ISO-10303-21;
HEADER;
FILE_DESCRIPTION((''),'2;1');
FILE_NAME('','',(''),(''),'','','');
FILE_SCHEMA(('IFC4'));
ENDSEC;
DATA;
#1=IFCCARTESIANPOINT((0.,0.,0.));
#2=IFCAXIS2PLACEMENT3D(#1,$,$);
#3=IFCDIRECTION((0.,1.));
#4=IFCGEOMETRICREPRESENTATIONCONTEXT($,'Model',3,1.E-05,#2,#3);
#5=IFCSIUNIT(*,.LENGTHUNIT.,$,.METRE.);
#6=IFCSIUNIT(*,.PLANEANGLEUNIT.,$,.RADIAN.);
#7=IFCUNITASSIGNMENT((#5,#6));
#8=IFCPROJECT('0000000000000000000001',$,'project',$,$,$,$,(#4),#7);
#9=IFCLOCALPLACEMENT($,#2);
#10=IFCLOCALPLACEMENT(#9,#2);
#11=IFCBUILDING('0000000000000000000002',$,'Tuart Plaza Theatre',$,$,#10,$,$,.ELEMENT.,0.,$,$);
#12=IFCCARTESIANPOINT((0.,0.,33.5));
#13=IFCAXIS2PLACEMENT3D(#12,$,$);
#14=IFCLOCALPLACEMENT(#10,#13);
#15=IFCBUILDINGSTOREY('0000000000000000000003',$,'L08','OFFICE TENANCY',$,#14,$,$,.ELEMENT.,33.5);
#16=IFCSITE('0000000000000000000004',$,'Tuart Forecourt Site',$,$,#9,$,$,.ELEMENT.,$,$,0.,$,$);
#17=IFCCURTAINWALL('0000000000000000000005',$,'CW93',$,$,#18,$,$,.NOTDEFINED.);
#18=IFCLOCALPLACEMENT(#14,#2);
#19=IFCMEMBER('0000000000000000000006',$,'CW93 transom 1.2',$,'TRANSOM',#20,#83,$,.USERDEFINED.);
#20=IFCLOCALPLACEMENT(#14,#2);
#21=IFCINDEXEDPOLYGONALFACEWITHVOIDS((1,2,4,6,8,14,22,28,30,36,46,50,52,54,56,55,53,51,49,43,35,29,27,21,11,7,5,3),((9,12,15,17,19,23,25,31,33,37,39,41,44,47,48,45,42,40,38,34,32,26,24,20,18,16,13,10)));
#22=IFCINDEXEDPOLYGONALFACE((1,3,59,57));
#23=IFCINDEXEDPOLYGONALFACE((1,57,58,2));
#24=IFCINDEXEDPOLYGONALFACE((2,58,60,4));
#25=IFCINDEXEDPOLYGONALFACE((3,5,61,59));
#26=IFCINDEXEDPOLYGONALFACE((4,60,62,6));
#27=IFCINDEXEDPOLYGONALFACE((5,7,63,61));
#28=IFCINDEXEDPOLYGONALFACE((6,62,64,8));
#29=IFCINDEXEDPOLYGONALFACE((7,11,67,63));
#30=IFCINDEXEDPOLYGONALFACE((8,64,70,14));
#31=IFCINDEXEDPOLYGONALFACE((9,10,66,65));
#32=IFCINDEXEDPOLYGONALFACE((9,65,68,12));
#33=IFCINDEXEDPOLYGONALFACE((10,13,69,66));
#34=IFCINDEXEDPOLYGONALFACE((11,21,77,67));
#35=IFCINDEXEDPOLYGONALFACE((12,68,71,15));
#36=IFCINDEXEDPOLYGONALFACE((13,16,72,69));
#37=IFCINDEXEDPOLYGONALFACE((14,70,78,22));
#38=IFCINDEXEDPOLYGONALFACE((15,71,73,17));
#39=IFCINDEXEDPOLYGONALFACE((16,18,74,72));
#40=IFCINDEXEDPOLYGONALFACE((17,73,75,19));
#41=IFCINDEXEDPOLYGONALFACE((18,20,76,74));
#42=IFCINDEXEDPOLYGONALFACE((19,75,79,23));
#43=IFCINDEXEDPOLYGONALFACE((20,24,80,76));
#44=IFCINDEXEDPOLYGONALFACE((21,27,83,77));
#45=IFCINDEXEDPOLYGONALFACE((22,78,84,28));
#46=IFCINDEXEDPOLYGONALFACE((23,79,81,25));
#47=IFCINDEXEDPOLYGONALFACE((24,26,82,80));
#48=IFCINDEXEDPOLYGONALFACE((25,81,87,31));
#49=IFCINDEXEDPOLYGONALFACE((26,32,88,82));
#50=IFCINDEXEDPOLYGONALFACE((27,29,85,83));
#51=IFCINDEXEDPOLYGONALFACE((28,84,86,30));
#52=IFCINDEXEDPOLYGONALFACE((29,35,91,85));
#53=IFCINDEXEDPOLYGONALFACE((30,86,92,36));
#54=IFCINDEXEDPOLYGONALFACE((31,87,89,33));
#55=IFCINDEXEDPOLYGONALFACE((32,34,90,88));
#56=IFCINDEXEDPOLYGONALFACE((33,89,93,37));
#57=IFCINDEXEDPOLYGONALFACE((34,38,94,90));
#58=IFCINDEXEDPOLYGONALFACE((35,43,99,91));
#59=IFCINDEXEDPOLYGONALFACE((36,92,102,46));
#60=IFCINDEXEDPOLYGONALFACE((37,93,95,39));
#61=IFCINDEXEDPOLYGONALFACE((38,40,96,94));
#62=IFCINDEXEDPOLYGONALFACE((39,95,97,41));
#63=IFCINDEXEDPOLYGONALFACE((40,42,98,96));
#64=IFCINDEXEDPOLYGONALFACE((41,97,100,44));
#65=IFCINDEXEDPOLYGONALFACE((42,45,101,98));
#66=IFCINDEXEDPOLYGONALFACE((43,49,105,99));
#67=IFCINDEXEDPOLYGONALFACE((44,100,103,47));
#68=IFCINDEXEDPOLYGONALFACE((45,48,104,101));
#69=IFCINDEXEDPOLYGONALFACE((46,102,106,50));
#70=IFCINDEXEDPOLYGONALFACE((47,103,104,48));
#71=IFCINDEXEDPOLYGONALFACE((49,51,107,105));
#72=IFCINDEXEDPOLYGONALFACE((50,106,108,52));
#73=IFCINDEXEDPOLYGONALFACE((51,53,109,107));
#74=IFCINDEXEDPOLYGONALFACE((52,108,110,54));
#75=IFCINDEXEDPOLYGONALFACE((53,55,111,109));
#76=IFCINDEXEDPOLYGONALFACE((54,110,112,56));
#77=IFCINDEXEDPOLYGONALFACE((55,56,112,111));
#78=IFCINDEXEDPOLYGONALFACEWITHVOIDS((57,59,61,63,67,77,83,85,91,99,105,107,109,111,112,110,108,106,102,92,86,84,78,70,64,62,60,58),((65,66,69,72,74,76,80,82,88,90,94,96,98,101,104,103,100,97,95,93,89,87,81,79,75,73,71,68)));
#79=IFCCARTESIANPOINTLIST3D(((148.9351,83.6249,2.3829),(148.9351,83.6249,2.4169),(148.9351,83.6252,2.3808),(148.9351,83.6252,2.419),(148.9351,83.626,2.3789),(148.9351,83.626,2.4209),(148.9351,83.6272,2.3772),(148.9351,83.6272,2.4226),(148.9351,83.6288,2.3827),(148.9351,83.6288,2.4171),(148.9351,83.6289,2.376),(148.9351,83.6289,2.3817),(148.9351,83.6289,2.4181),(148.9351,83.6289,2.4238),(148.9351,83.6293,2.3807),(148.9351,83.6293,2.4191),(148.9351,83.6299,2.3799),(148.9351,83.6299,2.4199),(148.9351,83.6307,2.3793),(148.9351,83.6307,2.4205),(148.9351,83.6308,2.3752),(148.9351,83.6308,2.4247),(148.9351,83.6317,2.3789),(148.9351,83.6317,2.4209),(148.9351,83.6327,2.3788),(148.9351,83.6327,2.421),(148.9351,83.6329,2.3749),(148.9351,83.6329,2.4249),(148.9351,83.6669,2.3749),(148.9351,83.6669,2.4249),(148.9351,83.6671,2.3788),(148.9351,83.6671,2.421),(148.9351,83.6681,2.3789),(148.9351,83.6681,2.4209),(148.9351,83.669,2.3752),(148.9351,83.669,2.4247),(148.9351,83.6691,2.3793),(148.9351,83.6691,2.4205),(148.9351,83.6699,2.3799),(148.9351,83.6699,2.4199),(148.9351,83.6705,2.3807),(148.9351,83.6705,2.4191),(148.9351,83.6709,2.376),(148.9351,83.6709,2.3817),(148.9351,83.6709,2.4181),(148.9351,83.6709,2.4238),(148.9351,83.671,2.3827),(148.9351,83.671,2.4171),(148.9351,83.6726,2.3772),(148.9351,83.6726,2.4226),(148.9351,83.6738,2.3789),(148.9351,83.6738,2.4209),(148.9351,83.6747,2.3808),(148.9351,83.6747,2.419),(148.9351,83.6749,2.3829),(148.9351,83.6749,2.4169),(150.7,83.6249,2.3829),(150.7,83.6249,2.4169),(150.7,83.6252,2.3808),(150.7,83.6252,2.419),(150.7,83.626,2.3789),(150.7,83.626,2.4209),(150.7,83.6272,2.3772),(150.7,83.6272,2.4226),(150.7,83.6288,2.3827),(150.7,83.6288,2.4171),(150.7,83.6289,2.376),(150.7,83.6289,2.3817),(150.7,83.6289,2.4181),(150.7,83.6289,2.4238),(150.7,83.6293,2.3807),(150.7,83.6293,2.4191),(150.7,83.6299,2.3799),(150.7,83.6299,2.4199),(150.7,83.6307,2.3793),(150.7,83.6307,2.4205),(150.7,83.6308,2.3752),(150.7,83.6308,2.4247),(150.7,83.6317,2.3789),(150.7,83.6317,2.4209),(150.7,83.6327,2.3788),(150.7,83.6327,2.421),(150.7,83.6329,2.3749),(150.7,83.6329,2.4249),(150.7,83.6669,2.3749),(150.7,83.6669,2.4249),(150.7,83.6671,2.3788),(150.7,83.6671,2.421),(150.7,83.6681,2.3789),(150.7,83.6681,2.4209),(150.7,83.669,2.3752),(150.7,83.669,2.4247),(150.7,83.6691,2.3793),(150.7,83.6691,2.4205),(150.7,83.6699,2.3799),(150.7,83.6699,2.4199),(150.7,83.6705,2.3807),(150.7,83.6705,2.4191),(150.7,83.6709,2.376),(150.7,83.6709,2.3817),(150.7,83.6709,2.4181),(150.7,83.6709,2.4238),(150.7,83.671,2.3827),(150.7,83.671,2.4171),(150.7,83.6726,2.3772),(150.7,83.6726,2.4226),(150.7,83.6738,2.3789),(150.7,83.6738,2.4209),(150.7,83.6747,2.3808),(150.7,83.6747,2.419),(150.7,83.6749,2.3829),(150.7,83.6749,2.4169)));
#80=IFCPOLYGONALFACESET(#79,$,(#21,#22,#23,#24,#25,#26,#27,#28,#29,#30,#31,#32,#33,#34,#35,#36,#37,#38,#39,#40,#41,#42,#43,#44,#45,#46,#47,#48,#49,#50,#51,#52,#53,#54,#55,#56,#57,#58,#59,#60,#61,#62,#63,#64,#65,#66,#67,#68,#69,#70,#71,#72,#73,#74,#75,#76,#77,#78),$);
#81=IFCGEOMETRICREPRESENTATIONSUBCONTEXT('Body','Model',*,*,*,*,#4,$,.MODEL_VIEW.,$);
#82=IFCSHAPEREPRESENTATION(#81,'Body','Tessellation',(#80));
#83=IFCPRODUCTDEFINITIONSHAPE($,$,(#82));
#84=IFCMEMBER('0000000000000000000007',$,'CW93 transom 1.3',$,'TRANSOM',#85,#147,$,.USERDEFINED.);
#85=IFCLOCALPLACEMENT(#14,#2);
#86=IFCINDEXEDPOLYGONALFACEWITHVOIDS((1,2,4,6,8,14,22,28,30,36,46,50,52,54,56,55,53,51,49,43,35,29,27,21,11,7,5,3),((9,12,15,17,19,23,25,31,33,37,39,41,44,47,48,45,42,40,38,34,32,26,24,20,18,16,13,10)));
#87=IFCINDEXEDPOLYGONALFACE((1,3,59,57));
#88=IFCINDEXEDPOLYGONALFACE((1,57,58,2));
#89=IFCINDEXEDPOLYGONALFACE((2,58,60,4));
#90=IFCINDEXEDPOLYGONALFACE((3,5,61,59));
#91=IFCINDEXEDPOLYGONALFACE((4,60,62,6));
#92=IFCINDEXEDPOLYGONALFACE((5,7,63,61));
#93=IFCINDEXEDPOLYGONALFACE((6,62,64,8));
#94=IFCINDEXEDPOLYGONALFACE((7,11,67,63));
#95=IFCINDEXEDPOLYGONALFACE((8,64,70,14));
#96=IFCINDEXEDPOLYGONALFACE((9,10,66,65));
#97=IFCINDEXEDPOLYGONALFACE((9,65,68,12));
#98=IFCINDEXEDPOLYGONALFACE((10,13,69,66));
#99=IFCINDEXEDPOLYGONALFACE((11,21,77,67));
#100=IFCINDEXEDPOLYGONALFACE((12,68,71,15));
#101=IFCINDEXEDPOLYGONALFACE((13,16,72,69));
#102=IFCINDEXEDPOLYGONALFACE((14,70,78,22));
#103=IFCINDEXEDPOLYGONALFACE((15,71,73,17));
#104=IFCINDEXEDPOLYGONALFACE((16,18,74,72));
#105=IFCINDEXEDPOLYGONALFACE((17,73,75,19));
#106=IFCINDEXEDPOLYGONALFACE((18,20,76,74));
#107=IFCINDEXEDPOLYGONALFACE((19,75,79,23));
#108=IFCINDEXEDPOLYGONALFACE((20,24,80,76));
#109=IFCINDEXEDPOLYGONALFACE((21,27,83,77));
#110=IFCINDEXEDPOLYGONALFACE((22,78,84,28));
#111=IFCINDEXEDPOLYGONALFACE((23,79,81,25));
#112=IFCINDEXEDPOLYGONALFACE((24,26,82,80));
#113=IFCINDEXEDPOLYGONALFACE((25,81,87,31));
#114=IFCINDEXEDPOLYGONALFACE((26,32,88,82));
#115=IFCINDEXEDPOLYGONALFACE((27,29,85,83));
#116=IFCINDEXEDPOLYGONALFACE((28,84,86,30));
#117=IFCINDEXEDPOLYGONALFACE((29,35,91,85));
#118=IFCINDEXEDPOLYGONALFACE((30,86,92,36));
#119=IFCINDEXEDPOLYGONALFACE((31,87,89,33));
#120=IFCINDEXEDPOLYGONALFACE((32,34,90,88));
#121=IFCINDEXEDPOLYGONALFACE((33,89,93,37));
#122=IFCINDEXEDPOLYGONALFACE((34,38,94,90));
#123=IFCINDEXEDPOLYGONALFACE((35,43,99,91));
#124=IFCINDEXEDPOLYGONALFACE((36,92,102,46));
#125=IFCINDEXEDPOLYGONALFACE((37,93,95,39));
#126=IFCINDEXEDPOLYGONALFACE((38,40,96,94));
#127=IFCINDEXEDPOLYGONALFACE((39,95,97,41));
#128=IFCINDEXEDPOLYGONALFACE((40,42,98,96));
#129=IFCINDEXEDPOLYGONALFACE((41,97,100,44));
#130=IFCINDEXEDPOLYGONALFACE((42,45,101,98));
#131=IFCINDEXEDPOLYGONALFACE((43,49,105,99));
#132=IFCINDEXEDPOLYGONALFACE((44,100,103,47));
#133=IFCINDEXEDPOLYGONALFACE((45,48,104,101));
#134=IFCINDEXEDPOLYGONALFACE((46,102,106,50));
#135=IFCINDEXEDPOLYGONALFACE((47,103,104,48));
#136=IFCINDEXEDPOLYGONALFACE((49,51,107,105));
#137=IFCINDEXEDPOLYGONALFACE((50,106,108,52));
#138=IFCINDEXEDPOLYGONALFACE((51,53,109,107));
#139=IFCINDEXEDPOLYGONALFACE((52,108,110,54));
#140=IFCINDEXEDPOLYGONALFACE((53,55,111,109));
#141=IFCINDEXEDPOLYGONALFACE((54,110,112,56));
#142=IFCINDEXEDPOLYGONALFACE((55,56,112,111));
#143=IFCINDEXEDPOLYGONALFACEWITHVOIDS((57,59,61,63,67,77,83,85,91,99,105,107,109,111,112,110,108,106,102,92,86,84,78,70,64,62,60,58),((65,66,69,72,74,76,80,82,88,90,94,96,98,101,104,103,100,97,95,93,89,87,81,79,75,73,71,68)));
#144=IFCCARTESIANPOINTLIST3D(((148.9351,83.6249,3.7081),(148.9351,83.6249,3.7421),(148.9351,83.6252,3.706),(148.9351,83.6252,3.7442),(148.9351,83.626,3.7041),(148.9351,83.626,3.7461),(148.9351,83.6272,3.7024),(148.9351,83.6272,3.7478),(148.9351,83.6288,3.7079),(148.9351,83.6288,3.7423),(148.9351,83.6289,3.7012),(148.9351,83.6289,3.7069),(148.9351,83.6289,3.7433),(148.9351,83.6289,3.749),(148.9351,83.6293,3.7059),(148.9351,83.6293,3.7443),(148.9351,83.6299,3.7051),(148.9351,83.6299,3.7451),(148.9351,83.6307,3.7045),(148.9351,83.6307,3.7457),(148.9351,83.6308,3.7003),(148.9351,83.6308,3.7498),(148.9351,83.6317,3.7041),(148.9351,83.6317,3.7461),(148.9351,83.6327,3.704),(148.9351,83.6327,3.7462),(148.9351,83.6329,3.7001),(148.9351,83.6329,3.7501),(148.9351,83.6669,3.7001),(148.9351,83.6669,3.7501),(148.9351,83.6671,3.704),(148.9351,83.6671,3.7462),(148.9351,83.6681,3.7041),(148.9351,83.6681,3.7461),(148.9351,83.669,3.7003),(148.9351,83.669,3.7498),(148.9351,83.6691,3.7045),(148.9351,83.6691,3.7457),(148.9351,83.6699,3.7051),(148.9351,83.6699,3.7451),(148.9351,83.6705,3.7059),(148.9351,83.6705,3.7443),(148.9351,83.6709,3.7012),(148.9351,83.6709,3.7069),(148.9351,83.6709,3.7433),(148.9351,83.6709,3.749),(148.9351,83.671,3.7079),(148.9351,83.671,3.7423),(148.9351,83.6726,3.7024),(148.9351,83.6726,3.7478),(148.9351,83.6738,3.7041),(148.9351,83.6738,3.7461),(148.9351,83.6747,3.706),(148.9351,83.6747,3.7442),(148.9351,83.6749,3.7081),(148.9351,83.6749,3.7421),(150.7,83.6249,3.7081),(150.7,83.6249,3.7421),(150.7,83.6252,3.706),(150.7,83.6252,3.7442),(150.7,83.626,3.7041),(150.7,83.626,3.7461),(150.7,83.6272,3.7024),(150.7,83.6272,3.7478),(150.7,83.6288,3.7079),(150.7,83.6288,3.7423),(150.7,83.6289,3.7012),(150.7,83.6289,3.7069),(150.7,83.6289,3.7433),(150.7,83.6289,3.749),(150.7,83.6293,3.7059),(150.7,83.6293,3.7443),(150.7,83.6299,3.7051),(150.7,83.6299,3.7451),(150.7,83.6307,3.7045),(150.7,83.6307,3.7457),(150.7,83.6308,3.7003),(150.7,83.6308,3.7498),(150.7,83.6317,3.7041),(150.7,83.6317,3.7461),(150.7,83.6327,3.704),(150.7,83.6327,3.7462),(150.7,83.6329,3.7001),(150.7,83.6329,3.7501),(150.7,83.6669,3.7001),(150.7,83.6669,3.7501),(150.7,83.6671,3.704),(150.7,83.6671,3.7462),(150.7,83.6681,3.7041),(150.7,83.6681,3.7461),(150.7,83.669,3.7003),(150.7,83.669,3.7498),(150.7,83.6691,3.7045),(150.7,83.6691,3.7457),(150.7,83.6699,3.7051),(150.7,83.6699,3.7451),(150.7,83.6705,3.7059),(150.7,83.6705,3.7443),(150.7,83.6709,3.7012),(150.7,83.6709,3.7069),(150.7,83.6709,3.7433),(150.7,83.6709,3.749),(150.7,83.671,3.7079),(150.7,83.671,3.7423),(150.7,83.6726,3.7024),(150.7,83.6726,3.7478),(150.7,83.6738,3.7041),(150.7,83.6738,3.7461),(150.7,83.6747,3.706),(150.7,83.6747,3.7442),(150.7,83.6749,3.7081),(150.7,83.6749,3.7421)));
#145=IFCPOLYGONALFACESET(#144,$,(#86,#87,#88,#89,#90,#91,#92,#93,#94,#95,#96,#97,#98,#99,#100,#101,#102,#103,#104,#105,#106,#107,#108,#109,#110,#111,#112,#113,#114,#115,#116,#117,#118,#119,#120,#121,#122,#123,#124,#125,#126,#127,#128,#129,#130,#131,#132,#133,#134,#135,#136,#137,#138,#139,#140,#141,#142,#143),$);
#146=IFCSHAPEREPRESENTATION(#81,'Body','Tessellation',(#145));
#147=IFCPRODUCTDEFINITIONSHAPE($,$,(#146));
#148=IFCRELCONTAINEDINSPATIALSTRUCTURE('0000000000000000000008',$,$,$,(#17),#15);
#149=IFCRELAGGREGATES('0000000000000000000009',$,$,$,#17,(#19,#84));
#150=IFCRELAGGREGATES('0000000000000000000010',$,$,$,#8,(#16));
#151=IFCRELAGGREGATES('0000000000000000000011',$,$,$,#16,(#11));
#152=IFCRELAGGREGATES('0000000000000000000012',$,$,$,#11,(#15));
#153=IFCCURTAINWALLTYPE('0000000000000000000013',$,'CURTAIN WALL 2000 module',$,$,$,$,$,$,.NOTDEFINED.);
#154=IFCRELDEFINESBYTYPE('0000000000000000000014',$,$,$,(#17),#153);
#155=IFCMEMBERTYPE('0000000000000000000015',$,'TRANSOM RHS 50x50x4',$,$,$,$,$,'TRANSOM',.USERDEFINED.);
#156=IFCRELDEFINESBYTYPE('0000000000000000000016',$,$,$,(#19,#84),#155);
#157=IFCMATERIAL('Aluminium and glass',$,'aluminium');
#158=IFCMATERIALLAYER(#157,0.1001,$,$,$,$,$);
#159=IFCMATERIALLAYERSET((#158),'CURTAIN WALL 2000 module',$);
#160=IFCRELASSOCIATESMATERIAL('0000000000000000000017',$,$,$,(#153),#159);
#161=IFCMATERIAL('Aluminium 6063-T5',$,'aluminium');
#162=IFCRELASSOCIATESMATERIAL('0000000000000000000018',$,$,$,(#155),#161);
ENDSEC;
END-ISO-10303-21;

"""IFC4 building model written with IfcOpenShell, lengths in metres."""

from ifc_helpers import new_model, si_unit, direction, frame, origin, origin_2d, place, context, subcontext, project, spatial, hollow_rectangle, extrude, material, layer, layer_set, material_profile, profile_set, type_object, element, aggregate, save


model = new_model("IFC4")

# Units and contexts
model_context = context("Model", 3, precision=1e-05, world=origin(), true_north=direction((0.0, 1.0)))
body_context = subcontext(model_context, "Body", "Model", "MODEL_VIEW")
ifc_project = project(units=[si_unit("LENGTHUNIT", "METRE"), si_unit("PLANEANGLEUNIT", "RADIAN")], contexts=[model_context])

# Site, building, storey
site_placement = place(None, origin())
site = spatial("IfcSite", under=ifc_project, at=site_placement, Name="Tuart Forecourt Site", CompositionType="ELEMENT", RefElevation=0.0)
building_placement = place(site_placement, origin())
building = spatial("IfcBuilding", under=site, at=building_placement, Name="Tuart Plaza Theatre", CompositionType="ELEMENT", ElevationOfRefHeight=0.0)
storey_placement = place(building_placement, frame((0.0, 0.0, 33.5)))
storey = spatial("IfcBuildingStorey", under=building, at=storey_placement, Name="L08", Description="OFFICE TENANCY", CompositionType="ELEMENT", Elevation=33.5)

# Curtain wall
ifc_material_1 = material(Name="Aluminium and glass", Category="aluminium")
ifc_layer_1 = layer(ifc_material_1, 0.1001)
ifc_layer_set_1 = layer_set([ifc_layer_1], Name="CURTAIN WALL 2000 module")
curtain_wall_type_1 = type_object("IfcCurtainWallType", Name="CURTAIN WALL 2000 module", PredefinedType="NOTDEFINED", material=ifc_layer_set_1)
curtain_wall_1_placement = place(storey_placement, origin())
curtain_wall_1 = element("IfcCurtainWall", 1, at=curtain_wall_1_placement, inside=storey, type_object=curtain_wall_type_1, Name="CW93", PredefinedType="NOTDEFINED")

# Members
ifc_material_2 = material(Name="Aluminium 6063-T5", Category="aluminium")
ifc_material_profile_1 = material_profile(ifc_material_2, hollow_rectangle(XDim=0.05, YDim=0.05, WallThickness=0.0039, InnerFilletRadius=0.0039, OuterFilletRadius=0.0081, at=origin_2d()), Name="RHS 50x50x4")
ifc_profile_set_1 = profile_set([ifc_material_profile_1], Name="Aluminium 6063-T5")
member_type_1 = type_object("IfcMemberType", Name="TRANSOM RHS 50x50x4", ElementType="TRANSOM", PredefinedType="USERDEFINED", material=ifc_profile_set_1)
member_1_placement = place(storey_placement, frame((150.7, 83.6499, 2.3999), z_axis=(-1.0, 0.0, 0.0), x_axis=(0.0, -1.0, 0.0)))
member_1 = element("IfcMember", 2, at=member_1_placement, type_object=member_type_1, Name="CW93 transom 1.2", ObjectType="TRANSOM", PredefinedType="USERDEFINED", context=body_context, shape_type="SweptSolid", body=[
    extrude(hollow_rectangle(XDim=0.05, YDim=0.05, WallThickness=0.0039, InnerFilletRadius=0.0039, OuterFilletRadius=0.0081, at=origin_2d()), origin(), (0.0, 0.0, 1.0), 1.7649),
])
member_2_placement = place(storey_placement, frame((150.7, 83.6499, 3.7251), z_axis=(-1.0, 0.0, 0.0), x_axis=(0.0, -1.0, 0.0)))
member_2 = element("IfcMember", 3, at=member_2_placement, type_object=member_type_1, Name="CW93 transom 1.3", ObjectType="TRANSOM", PredefinedType="USERDEFINED", context=body_context, shape_type="SweptSolid", body=[
    extrude(hollow_rectangle(XDim=0.05, YDim=0.05, WallThickness=0.0039, InnerFilletRadius=0.0039, OuterFilletRadius=0.0081, at=origin_2d()), origin(), (0.0, 0.0, 1.0), 1.7649),
])

aggregate(curtain_wall_1, [member_1, member_2])

save(model, "model.ifc")
